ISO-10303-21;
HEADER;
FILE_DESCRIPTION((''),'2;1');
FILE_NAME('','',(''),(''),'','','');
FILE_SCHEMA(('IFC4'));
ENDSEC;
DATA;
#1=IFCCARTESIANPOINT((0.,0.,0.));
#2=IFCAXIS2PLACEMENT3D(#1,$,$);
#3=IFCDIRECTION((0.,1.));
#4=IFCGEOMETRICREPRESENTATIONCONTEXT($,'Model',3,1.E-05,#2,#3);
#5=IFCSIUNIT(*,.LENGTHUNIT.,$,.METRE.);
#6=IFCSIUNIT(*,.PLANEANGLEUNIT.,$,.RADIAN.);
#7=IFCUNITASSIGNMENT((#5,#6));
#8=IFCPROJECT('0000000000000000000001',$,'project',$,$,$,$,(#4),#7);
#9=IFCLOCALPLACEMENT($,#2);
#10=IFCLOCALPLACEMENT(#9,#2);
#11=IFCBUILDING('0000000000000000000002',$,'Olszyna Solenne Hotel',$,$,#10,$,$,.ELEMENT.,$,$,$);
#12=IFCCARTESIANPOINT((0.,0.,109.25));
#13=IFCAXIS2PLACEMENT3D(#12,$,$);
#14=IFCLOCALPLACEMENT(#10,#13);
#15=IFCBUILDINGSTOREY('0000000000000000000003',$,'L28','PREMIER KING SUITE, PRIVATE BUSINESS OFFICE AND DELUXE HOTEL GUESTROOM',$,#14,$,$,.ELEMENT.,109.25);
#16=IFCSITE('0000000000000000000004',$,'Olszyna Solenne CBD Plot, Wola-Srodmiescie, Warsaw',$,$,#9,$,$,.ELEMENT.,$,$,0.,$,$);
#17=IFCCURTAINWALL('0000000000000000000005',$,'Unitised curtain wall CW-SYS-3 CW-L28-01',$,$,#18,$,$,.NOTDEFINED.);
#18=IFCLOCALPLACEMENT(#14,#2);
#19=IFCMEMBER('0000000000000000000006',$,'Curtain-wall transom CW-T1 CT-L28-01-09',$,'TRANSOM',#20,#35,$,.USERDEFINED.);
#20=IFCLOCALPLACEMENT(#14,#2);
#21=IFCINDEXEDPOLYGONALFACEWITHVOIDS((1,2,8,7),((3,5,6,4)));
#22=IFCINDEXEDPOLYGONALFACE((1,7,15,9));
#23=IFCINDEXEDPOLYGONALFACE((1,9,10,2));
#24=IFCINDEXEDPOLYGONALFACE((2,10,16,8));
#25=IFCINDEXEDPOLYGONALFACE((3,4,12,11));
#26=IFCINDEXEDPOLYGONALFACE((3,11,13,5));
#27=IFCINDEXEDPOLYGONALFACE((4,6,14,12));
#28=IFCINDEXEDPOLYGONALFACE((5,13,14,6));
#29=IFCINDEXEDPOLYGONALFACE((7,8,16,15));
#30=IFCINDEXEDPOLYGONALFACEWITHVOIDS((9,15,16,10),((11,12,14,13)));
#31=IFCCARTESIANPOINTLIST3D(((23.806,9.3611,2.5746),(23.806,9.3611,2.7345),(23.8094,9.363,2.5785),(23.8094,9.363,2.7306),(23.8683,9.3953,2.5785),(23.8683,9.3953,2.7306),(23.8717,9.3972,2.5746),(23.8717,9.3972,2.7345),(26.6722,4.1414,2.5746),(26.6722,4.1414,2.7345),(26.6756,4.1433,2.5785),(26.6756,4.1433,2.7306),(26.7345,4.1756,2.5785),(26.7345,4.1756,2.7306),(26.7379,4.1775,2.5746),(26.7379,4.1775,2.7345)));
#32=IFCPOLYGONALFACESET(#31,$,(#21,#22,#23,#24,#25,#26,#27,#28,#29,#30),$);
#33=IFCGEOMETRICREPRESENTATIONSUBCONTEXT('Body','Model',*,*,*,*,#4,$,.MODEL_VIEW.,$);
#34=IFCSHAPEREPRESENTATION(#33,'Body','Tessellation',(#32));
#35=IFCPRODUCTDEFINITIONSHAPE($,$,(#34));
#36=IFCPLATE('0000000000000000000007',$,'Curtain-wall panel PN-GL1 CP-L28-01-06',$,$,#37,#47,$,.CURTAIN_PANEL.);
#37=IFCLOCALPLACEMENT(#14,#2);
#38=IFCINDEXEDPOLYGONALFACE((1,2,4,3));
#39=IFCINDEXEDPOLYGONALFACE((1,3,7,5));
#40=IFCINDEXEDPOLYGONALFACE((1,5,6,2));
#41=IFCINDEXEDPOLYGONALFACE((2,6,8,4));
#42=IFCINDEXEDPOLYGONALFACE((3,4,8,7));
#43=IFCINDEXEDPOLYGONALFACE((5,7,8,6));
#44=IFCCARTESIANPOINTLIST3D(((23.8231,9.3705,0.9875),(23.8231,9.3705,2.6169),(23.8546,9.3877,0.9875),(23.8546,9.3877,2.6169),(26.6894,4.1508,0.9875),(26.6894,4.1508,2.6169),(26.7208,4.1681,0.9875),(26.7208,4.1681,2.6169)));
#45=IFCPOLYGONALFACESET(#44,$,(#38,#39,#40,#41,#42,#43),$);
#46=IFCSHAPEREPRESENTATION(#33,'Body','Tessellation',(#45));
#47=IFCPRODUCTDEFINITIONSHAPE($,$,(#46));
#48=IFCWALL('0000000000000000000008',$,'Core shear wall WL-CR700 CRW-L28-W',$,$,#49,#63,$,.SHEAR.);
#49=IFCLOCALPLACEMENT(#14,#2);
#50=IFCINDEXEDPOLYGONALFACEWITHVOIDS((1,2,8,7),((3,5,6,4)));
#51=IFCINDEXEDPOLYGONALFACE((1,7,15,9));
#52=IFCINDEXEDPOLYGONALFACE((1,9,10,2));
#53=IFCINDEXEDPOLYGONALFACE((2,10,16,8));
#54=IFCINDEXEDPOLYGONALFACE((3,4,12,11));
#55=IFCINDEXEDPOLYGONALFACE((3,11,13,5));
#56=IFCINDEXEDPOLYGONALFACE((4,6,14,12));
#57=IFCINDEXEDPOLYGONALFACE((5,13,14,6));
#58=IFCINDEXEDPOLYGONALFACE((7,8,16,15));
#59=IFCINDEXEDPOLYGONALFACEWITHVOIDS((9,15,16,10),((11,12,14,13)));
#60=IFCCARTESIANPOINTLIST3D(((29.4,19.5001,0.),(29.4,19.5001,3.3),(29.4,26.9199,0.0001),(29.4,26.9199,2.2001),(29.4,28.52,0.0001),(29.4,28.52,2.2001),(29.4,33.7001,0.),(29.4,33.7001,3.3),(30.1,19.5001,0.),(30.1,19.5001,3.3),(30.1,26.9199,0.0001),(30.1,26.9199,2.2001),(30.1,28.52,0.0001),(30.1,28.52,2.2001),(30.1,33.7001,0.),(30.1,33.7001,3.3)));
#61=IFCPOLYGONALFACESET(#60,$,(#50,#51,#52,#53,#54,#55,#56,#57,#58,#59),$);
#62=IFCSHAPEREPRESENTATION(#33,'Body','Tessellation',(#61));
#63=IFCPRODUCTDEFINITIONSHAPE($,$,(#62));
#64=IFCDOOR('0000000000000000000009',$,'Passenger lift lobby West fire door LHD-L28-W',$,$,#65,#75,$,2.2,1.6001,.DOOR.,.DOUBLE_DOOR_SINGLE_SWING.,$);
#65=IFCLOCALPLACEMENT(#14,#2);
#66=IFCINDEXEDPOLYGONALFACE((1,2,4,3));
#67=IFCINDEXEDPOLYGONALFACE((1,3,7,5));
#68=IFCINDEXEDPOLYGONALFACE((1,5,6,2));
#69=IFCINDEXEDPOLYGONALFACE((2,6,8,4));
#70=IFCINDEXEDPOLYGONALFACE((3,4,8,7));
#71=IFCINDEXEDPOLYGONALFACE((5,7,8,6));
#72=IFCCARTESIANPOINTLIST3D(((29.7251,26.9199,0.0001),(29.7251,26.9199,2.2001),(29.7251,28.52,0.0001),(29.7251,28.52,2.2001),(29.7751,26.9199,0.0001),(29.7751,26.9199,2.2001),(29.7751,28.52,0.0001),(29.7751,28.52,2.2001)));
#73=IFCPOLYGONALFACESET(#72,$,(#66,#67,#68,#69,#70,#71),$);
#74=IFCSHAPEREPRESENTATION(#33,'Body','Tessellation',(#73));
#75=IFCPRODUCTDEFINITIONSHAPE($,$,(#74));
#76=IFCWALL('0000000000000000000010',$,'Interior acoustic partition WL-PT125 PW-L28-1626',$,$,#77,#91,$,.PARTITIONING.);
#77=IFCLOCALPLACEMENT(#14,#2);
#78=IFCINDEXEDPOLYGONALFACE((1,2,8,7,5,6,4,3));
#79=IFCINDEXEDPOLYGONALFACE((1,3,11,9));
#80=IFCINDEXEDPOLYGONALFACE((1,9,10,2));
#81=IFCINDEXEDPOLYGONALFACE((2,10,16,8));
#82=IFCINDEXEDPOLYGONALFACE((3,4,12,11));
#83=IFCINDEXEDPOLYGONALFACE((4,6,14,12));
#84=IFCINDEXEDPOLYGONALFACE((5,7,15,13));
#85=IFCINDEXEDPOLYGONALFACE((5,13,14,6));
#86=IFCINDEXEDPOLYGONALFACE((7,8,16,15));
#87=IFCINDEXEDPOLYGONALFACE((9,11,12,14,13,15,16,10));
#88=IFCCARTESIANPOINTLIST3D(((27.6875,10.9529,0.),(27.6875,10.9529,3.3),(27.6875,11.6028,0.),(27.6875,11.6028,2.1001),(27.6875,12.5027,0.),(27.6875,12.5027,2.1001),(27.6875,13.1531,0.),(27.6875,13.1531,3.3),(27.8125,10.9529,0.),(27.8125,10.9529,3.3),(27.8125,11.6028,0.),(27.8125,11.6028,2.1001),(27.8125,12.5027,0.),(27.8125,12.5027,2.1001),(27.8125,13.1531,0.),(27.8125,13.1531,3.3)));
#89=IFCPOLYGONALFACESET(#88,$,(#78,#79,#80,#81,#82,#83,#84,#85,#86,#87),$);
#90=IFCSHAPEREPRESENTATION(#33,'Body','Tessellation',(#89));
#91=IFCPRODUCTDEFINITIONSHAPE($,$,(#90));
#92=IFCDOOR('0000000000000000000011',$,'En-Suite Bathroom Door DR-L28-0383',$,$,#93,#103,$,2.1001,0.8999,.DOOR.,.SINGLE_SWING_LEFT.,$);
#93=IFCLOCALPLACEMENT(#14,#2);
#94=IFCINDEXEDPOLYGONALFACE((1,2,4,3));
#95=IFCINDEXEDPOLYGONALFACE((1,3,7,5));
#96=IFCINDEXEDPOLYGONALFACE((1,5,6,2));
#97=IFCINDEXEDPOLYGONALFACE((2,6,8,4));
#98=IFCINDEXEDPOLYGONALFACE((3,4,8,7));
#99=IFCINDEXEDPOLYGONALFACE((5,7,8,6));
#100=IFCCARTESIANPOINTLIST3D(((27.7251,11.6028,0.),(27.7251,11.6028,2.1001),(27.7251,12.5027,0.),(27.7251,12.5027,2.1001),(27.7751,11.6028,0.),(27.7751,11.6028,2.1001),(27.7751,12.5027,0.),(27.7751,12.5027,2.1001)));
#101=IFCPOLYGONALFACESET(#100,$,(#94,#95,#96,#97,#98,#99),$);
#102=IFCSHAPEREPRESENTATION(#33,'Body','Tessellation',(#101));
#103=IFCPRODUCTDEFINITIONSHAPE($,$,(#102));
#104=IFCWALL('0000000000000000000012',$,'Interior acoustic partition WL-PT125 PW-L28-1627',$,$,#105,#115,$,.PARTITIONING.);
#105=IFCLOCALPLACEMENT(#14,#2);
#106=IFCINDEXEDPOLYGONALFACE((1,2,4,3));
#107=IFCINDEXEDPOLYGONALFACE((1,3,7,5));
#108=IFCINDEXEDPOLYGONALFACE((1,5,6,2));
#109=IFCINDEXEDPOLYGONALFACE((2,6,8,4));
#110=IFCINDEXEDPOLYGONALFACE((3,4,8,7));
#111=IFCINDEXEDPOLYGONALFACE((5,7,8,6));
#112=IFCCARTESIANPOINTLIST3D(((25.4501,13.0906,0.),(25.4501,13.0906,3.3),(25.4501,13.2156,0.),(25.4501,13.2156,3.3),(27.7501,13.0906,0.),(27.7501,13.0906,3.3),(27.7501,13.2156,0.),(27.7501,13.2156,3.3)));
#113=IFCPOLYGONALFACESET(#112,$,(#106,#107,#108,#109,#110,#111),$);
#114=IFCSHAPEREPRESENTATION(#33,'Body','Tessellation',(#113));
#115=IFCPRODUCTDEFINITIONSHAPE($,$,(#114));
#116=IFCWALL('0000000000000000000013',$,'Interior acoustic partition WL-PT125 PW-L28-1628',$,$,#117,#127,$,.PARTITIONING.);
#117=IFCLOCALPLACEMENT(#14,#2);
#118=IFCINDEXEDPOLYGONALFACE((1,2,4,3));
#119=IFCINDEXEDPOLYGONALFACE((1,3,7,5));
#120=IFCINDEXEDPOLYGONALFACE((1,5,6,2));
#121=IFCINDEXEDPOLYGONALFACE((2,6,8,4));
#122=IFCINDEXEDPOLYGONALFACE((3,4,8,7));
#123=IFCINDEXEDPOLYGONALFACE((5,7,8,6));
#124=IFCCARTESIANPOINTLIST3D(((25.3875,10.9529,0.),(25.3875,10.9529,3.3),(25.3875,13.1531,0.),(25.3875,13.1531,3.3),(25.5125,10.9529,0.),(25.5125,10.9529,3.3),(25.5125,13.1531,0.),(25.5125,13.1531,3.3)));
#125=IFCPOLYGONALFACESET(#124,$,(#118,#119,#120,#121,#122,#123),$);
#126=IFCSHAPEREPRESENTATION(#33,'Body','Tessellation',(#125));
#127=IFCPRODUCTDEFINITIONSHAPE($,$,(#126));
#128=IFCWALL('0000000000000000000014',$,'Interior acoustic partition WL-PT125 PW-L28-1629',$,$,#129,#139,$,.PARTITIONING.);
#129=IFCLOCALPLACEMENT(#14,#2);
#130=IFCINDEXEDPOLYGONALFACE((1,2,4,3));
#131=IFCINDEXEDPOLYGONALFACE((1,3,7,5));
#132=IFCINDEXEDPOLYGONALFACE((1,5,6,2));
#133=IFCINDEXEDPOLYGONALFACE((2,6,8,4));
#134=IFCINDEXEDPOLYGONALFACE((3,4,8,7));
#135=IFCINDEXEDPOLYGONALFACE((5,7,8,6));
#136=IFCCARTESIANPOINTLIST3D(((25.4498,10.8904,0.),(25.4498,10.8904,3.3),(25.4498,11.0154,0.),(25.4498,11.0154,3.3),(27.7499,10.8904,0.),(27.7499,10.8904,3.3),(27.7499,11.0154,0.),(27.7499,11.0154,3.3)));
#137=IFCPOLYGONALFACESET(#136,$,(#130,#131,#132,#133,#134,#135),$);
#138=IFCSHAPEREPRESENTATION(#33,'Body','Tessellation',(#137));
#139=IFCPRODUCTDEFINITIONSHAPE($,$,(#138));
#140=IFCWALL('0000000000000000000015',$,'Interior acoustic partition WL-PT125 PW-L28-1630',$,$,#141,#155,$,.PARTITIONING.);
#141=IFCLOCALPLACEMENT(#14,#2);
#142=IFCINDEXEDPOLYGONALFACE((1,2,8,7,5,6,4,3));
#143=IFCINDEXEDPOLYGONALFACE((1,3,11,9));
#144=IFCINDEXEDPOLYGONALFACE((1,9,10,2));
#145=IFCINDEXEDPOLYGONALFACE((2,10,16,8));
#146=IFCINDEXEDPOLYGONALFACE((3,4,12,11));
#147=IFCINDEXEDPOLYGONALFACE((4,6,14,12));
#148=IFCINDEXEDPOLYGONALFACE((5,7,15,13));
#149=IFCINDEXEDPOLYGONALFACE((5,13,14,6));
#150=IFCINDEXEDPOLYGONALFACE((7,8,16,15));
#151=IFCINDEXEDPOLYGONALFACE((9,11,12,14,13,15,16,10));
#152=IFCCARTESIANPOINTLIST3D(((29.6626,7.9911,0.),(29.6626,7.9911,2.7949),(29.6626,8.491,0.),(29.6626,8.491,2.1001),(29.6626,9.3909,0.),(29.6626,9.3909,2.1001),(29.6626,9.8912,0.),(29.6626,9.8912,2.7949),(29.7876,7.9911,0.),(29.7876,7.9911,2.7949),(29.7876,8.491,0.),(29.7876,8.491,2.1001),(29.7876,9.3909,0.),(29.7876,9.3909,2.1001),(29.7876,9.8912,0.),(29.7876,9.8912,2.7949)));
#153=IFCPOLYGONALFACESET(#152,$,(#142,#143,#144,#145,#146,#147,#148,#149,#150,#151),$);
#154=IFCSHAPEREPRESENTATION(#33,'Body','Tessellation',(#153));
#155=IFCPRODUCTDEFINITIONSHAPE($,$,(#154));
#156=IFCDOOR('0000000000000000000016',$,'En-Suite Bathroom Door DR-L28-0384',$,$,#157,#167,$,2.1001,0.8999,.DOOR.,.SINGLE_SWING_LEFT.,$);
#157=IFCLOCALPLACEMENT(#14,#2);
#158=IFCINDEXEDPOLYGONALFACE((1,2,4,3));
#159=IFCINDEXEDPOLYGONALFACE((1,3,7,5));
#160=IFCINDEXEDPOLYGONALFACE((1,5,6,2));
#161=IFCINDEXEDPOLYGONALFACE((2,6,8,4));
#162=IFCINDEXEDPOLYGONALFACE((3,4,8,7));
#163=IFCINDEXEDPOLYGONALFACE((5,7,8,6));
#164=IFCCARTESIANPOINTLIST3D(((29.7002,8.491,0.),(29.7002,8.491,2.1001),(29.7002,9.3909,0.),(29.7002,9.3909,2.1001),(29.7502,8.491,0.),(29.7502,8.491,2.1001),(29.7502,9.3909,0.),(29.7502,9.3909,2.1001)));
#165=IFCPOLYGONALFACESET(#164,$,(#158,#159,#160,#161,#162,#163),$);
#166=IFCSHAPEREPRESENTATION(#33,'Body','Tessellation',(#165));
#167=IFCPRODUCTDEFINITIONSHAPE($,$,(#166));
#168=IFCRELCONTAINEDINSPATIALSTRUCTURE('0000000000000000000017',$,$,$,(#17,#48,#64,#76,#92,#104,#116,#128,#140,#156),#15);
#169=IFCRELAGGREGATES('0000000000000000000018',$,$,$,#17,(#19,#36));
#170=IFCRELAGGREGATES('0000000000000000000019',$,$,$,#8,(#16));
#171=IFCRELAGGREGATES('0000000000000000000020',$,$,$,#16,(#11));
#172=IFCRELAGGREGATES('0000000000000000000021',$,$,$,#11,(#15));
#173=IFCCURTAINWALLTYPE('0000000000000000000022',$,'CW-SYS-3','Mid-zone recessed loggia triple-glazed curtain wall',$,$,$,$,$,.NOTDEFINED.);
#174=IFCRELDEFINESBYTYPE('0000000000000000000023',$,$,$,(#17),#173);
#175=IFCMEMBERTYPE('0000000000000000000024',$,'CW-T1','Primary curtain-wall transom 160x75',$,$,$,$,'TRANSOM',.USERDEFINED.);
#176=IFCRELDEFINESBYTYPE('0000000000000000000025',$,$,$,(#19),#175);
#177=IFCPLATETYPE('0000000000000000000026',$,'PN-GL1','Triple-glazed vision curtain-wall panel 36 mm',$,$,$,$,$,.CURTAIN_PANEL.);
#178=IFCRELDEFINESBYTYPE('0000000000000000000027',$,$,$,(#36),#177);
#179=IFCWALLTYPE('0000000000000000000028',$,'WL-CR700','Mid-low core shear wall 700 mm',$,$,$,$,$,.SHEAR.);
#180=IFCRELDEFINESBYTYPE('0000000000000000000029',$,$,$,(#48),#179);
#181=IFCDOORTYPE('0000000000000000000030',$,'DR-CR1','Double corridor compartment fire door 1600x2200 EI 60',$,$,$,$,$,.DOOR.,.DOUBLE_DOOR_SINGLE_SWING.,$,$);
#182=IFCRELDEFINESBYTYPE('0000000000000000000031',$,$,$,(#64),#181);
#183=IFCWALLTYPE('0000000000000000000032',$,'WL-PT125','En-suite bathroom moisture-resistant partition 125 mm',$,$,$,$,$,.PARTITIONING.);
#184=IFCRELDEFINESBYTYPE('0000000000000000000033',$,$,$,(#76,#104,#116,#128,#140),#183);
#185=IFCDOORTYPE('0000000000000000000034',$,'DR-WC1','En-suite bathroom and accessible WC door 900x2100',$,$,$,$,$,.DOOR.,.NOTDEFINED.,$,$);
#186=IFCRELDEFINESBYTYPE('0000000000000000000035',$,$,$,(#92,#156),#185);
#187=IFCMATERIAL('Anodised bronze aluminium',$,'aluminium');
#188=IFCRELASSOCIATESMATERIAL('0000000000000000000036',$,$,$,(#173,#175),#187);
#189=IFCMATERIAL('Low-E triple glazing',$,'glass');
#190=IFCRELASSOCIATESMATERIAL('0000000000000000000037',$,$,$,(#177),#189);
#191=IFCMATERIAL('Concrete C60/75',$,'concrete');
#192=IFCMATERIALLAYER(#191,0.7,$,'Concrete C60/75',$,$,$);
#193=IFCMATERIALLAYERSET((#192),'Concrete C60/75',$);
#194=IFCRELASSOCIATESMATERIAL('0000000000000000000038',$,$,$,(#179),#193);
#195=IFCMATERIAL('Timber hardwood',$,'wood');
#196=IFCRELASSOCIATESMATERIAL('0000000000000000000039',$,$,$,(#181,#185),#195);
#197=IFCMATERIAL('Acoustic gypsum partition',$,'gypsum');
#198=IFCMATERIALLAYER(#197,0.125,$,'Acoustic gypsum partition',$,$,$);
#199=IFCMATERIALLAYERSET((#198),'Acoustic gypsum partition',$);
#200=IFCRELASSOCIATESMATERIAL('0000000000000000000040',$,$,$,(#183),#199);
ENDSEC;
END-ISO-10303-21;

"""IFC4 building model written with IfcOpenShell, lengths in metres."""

from ifc_helpers import new_model, si_unit, direction, frame, frame_2d, origin, origin_2d, place, context, subcontext, project, spatial, rectangle, hollow_rectangle, extrude, source, transform, mapped, material, layer, layer_set, material_profile, profile_set, type_object, type_shapes, element, fill, aggregate, save


model = new_model("IFC4")

# Units and contexts
model_context = context("Model", 3, precision=1e-05, world=origin(), true_north=direction((0.0, 1.0)))
body_context = subcontext(model_context, "Body", "Model", "MODEL_VIEW")
ifc_project = project(units=[si_unit("LENGTHUNIT", "METRE"), si_unit("PLANEANGLEUNIT", "RADIAN")], contexts=[model_context])

# Site, building, storey
site_placement = place(None, origin())
site = spatial("IfcSite", under=ifc_project, at=site_placement, Name="Olszyna Solenne CBD Plot, Wola-Srodmiescie, Warsaw", CompositionType="ELEMENT", RefElevation=0.0)
building_placement = place(site_placement, origin())
building = spatial("IfcBuilding", under=site, at=building_placement, Name="Olszyna Solenne Hotel", CompositionType="ELEMENT")
storey_placement = place(building_placement, frame((0.0, 0.0, 109.25)))
storey = spatial("IfcBuildingStorey", under=building, at=storey_placement, Name="L28", Description="PREMIER KING SUITE, PRIVATE BUSINESS OFFICE AND DELUXE HOTEL GUESTROOM", CompositionType="ELEMENT", Elevation=109.25)

# Curtain wall, member, plate
ifc_material_1 = material(Name="Anodised bronze aluminium", Category="aluminium")
curtain_wall_type = type_object("IfcCurtainWallType", Name="CW-SYS-3", Description="Mid-zone recessed loggia triple-glazed curtain wall", PredefinedType="NOTDEFINED", material=ifc_material_1)
curtain_wall_placement = place(storey_placement, origin())
curtain_wall = element("IfcCurtainWall", 1, at=curtain_wall_placement, inside=storey, type_object=curtain_wall_type, Name="Unitised curtain wall CW-SYS-3 CW-L28-01", PredefinedType="NOTDEFINED")
ifc_material_profile = material_profile(ifc_material_1, hollow_rectangle(XDim=0.075, YDim=0.1599, WallThickness=0.0039, at=origin_2d()), Name="TRAN 160x75x4", Category="load-bearing")
ifc_profile_set = profile_set([ifc_material_profile], Name="Anodised bronze aluminium")
member_type = type_object("IfcMemberType", Name="CW-T1", Description="Primary curtain-wall transom 160x75", ElementType="TRANSOM", PredefinedType="USERDEFINED", material=ifc_profile_set)
shared_shape_1 = source(origin(), body_context, "Body", "SweptSolid", [
    extrude(hollow_rectangle(XDim=0.075, YDim=0.1599, WallThickness=0.0039, at=origin_2d()), origin(), (0.0, 0.0, 1.0), 5.9548),
])
member_placement = place(storey_placement, frame((23.8389, 9.3792, 2.6545), z_axis=(0.481321, -0.876545, 0.0), x_axis=(0.876545, 0.481321, 0.0)))
member = element("IfcMember", 2, at=member_placement, type_object=member_type, Name="Curtain-wall transom CW-T1 CT-L28-01-09", ObjectType="TRANSOM", PredefinedType="USERDEFINED", context=body_context, shape_type="MappedRepresentation", body=[
    mapped(shared_shape_1, transform((0.0, 0.0, 0.0), x_axis=(1.0, 0.0, 0.0), y_axis=(0.0, 1.0, 0.0), z_axis=(0.0, 0.0, 1.0), scale=1.0)),
])
ifc_material_2 = material(Name="Low-E triple glazing", Category="glass")
plate_type = type_object("IfcPlateType", Name="PN-GL1", Description="Triple-glazed vision curtain-wall panel 36 mm", PredefinedType="CURTAIN_PANEL", material=ifc_material_2)
shared_shape_2 = source(origin(), body_context, "Body", "SweptSolid", [
    extrude(rectangle(XDim=5.9548, YDim=0.0359, at=origin_2d()), origin(), (0.0, 0.0, 1.0), 1.6294),
])
plate_placement = place(storey_placement, frame((25.272, 6.7693, 0.9875), z_axis=(0.0, 0.0, 1.0), x_axis=(0.481338, -0.876535, 0.0)))
plate = element("IfcPlate", 3, at=plate_placement, type_object=plate_type, Name="Curtain-wall panel PN-GL1 CP-L28-01-06", PredefinedType="CURTAIN_PANEL", context=body_context, shape_type="MappedRepresentation", body=[
    mapped(shared_shape_2, transform((0.0, 0.0, 0.0), x_axis=(1.0, 0.0, 0.0), y_axis=(0.0, 1.0, 0.0), z_axis=(0.0, 0.0, 1.0), scale=1.0)),
])
aggregate(curtain_wall, [member, plate])

# Walls, openings, doors
ifc_material_3 = material(Name="Concrete C60/75", Category="concrete")
ifc_layer_1 = layer(ifc_material_3, 0.7, Name="Concrete C60/75")
ifc_layer_set_1 = layer_set([ifc_layer_1], Name="Concrete C60/75")
wall_type_1 = type_object("IfcWallType", Name="WL-CR700", Description="Mid-low core shear wall 700 mm", PredefinedType="SHEAR", material=ifc_layer_set_1)
wall_1_placement = place(storey_placement, frame((29.75, 19.5, 0.0), z_axis=(0.0, 0.0, 1.0), x_axis=(0.0, 1.0, 0.0)))
wall_1 = element("IfcWall", 4, at=wall_1_placement, inside=storey, type_object=wall_type_1, Name="Core shear wall WL-CR700 CRW-L28-W", PredefinedType="SHEAR", context=body_context, shape_type="SweptSolid", body=[
    extrude(rectangle(XDim=14.2, YDim=0.7, at=frame_2d((7.1001, 0.0))), origin(), (0.0, 0.0, 1.0), 3.3),
])
opening_1_placement = place(wall_1_placement, frame((7.4199, 0.0, 0.0)))
opening_1 = element("IfcOpeningElement", 5, at=opening_1_placement, cuts=wall_1, PredefinedType="OPENING", context=body_context, shape_type="SweptSolid", body=[
    extrude(rectangle(XDim=1.6001, YDim=2.2, at=frame_2d((0.8, 1.1001))), frame((0.0, 0.3599, 0.0), z_axis=(0.0, -1.0, 0.0), x_axis=(1.0, 0.0, 0.0)), (0.0, 0.0, 1.0), 0.72),
])
ifc_material_4 = material(Name="Timber hardwood", Category="wood")
door_type_1 = type_object("IfcDoorType", Name="DR-CR1", Description="Double corridor compartment fire door 1600x2200 EI 60", OperationType="DOUBLE_DOOR_SINGLE_SWING", PredefinedType="DOOR", material=ifc_material_4)
shared_shape_3 = source(origin(), body_context, "Body", "SweptSolid", [
    extrude(rectangle(XDim=1.6001, YDim=2.2, at=frame_2d((0.8, 1.1001))), frame((0.0, 0.0249, 0.0), z_axis=(0.0, -1.0, 0.0), x_axis=(1.0, 0.0, 0.0)), (0.0, 0.0, 1.0), 0.05),
])
type_shapes(door_type_1, [shared_shape_3])
door_1_placement = place(opening_1_placement, origin())
door_1 = element("IfcDoor", 6, at=door_1_placement, inside=storey, type_object=door_type_1, Name="Passenger lift lobby West fire door LHD-L28-W", OperationType="DOUBLE_DOOR_SINGLE_SWING", OverallHeight=2.2, OverallWidth=1.6001, PredefinedType="DOOR", context=body_context, shape_type="MappedRepresentation", body=[
    mapped(shared_shape_3, transform((0.0, 0.0, 0.0), x_axis=(1.0, 0.0, 0.0), y_axis=(0.0, 1.0, 0.0), z_axis=(0.0, 0.0, 1.0), scale=1.0)),
])
fill(opening_1, door_1)
ifc_material_5 = material(Name="Acoustic gypsum partition", Category="gypsum")
ifc_layer_2 = layer(ifc_material_5, 0.125, Name="Acoustic gypsum partition")
ifc_layer_set_2 = layer_set([ifc_layer_2], Name="Acoustic gypsum partition")
wall_type_2 = type_object("IfcWallType", Name="WL-PT125", Description="En-suite bathroom moisture-resistant partition 125 mm", PredefinedType="PARTITIONING", material=ifc_layer_set_2)
wall_2_placement = place(storey_placement, frame((27.75, 10.9529, 0.0), z_axis=(0.0, 0.0, 1.0), x_axis=(0.0, 1.0, 0.0)))
wall_2 = element("IfcWall", 7, at=wall_2_placement, inside=storey, type_object=wall_type_2, Name="Interior acoustic partition WL-PT125 PW-L28-1626", PredefinedType="PARTITIONING", context=body_context, shape_type="SweptSolid", body=[
    extrude(rectangle(XDim=2.2002, YDim=0.125, at=frame_2d((1.1001, 0.0))), origin(), (0.0, 0.0, 1.0), 3.3),
])
opening_2_placement = place(wall_2_placement, frame((0.6499, 0.0, 0.0)))
opening_2 = element("IfcOpeningElement", 8, at=opening_2_placement, cuts=wall_2, PredefinedType="OPENING", context=body_context, shape_type="SweptSolid", body=[
    extrude(rectangle(XDim=0.8999, YDim=2.1001, at=frame_2d((0.45, 1.05))), frame((0.0, 0.0725, 0.0), z_axis=(0.0, -1.0, 0.0), x_axis=(1.0, 0.0, 0.0)), (0.0, 0.0, 1.0), 0.145),
])
door_type_2 = type_object("IfcDoorType", Name="DR-WC1", Description="En-suite bathroom and accessible WC door 900x2100", OperationType="NOTDEFINED", PredefinedType="DOOR", material=ifc_material_4)
shared_shape_4 = source(origin(), body_context, "Body", "SweptSolid", [
    extrude(rectangle(XDim=0.8999, YDim=2.1001, at=frame_2d((0.45, 1.05))), frame((0.0, 0.0249, 0.0), z_axis=(0.0, -1.0, 0.0), x_axis=(1.0, 0.0, 0.0)), (0.0, 0.0, 1.0), 0.05),
])
type_shapes(door_type_2, [shared_shape_4])
door_2_placement = place(opening_2_placement, origin())
door_2 = element("IfcDoor", 9, at=door_2_placement, inside=storey, type_object=door_type_2, Name="En-Suite Bathroom Door DR-L28-0383", OperationType="SINGLE_SWING_LEFT", OverallHeight=2.1001, OverallWidth=0.8999, PredefinedType="DOOR", context=body_context, shape_type="MappedRepresentation", body=[
    mapped(shared_shape_4, transform((0.0, 0.0, 0.0), x_axis=(1.0, 0.0, 0.0), y_axis=(0.0, 1.0, 0.0), z_axis=(0.0, 0.0, 1.0), scale=1.0)),
])
fill(opening_2, door_2)

# Walls
wall_3_placement = place(storey_placement, frame((27.75, 13.1531, 0.0), z_axis=(0.0, 0.0, 1.0), x_axis=(-1.0, 0.0, 0.0)))
element("IfcWall", 10, at=wall_3_placement, inside=storey, type_object=wall_type_2, Name="Interior acoustic partition WL-PT125 PW-L28-1627", PredefinedType="PARTITIONING", context=body_context, shape_type="SweptSolid", body=[
    extrude(rectangle(XDim=2.3, YDim=0.125, at=frame_2d((1.1499, 0.0))), origin(), (0.0, 0.0, 1.0), 3.3),
])
wall_4_placement = place(storey_placement, frame((25.45, 13.1531, 0.0), z_axis=(0.0, 0.0, 1.0), x_axis=(0.0, -1.0, 0.0)))
element("IfcWall", 11, at=wall_4_placement, inside=storey, type_object=wall_type_2, Name="Interior acoustic partition WL-PT125 PW-L28-1628", PredefinedType="PARTITIONING", context=body_context, shape_type="SweptSolid", body=[
    extrude(rectangle(XDim=2.2002, YDim=0.125, at=frame_2d((1.1001, 0.0))), origin(), (0.0, 0.0, 1.0), 3.3),
])
wall_5_placement = place(storey_placement, frame((25.45, 10.9529, 0.0), z_axis=(0.0, 0.0, 1.0), x_axis=(1.0, 0.0, 0.0)))
element("IfcWall", 12, at=wall_5_placement, inside=storey, type_object=wall_type_2, Name="Interior acoustic partition WL-PT125 PW-L28-1629", PredefinedType="PARTITIONING", context=body_context, shape_type="SweptSolid", body=[
    extrude(rectangle(XDim=2.3, YDim=0.125, at=frame_2d((1.1499, 0.0))), origin(), (0.0, 0.0, 1.0), 3.3),
])

# Wall, opening, door
wall_6_placement = place(storey_placement, frame((29.7251, 7.991, 0.0), z_axis=(0.0, 0.0, 1.0), x_axis=(0.0, 1.0, 0.0)))
wall_6 = element("IfcWall", 13, at=wall_6_placement, inside=storey, type_object=wall_type_2, Name="Interior acoustic partition WL-PT125 PW-L28-1630", PredefinedType="PARTITIONING", context=body_context, shape_type="SweptSolid", body=[
    extrude(rectangle(XDim=1.9001, YDim=0.125, at=frame_2d((0.9502, 0.0))), origin(), (0.0, 0.0, 1.0), 2.7949),
])
opening_3_placement = place(wall_6_placement, frame((0.5, 0.0, 0.0)))
opening_3 = element("IfcOpeningElement", 14, at=opening_3_placement, cuts=wall_6, PredefinedType="OPENING", context=body_context, shape_type="SweptSolid", body=[
    extrude(rectangle(XDim=0.8999, YDim=2.1001, at=frame_2d((0.45, 1.05))), frame((0.0, 0.0725, 0.0), z_axis=(0.0, -1.0, 0.0), x_axis=(1.0, 0.0, 0.0)), (0.0, 0.0, 1.0), 0.145),
])
door_3_placement = place(opening_3_placement, origin())
door_3 = element("IfcDoor", 15, at=door_3_placement, inside=storey, type_object=door_type_2, Name="En-Suite Bathroom Door DR-L28-0384", OperationType="SINGLE_SWING_LEFT", OverallHeight=2.1001, OverallWidth=0.8999, PredefinedType="DOOR", context=body_context, shape_type="MappedRepresentation", body=[
    mapped(shared_shape_4, transform((0.0, 0.0, 0.0), x_axis=(1.0, 0.0, 0.0), y_axis=(0.0, 1.0, 0.0), z_axis=(0.0, 0.0, 1.0), scale=1.0)),
])
fill(opening_3, door_3)

save(model, "model.ifc")
